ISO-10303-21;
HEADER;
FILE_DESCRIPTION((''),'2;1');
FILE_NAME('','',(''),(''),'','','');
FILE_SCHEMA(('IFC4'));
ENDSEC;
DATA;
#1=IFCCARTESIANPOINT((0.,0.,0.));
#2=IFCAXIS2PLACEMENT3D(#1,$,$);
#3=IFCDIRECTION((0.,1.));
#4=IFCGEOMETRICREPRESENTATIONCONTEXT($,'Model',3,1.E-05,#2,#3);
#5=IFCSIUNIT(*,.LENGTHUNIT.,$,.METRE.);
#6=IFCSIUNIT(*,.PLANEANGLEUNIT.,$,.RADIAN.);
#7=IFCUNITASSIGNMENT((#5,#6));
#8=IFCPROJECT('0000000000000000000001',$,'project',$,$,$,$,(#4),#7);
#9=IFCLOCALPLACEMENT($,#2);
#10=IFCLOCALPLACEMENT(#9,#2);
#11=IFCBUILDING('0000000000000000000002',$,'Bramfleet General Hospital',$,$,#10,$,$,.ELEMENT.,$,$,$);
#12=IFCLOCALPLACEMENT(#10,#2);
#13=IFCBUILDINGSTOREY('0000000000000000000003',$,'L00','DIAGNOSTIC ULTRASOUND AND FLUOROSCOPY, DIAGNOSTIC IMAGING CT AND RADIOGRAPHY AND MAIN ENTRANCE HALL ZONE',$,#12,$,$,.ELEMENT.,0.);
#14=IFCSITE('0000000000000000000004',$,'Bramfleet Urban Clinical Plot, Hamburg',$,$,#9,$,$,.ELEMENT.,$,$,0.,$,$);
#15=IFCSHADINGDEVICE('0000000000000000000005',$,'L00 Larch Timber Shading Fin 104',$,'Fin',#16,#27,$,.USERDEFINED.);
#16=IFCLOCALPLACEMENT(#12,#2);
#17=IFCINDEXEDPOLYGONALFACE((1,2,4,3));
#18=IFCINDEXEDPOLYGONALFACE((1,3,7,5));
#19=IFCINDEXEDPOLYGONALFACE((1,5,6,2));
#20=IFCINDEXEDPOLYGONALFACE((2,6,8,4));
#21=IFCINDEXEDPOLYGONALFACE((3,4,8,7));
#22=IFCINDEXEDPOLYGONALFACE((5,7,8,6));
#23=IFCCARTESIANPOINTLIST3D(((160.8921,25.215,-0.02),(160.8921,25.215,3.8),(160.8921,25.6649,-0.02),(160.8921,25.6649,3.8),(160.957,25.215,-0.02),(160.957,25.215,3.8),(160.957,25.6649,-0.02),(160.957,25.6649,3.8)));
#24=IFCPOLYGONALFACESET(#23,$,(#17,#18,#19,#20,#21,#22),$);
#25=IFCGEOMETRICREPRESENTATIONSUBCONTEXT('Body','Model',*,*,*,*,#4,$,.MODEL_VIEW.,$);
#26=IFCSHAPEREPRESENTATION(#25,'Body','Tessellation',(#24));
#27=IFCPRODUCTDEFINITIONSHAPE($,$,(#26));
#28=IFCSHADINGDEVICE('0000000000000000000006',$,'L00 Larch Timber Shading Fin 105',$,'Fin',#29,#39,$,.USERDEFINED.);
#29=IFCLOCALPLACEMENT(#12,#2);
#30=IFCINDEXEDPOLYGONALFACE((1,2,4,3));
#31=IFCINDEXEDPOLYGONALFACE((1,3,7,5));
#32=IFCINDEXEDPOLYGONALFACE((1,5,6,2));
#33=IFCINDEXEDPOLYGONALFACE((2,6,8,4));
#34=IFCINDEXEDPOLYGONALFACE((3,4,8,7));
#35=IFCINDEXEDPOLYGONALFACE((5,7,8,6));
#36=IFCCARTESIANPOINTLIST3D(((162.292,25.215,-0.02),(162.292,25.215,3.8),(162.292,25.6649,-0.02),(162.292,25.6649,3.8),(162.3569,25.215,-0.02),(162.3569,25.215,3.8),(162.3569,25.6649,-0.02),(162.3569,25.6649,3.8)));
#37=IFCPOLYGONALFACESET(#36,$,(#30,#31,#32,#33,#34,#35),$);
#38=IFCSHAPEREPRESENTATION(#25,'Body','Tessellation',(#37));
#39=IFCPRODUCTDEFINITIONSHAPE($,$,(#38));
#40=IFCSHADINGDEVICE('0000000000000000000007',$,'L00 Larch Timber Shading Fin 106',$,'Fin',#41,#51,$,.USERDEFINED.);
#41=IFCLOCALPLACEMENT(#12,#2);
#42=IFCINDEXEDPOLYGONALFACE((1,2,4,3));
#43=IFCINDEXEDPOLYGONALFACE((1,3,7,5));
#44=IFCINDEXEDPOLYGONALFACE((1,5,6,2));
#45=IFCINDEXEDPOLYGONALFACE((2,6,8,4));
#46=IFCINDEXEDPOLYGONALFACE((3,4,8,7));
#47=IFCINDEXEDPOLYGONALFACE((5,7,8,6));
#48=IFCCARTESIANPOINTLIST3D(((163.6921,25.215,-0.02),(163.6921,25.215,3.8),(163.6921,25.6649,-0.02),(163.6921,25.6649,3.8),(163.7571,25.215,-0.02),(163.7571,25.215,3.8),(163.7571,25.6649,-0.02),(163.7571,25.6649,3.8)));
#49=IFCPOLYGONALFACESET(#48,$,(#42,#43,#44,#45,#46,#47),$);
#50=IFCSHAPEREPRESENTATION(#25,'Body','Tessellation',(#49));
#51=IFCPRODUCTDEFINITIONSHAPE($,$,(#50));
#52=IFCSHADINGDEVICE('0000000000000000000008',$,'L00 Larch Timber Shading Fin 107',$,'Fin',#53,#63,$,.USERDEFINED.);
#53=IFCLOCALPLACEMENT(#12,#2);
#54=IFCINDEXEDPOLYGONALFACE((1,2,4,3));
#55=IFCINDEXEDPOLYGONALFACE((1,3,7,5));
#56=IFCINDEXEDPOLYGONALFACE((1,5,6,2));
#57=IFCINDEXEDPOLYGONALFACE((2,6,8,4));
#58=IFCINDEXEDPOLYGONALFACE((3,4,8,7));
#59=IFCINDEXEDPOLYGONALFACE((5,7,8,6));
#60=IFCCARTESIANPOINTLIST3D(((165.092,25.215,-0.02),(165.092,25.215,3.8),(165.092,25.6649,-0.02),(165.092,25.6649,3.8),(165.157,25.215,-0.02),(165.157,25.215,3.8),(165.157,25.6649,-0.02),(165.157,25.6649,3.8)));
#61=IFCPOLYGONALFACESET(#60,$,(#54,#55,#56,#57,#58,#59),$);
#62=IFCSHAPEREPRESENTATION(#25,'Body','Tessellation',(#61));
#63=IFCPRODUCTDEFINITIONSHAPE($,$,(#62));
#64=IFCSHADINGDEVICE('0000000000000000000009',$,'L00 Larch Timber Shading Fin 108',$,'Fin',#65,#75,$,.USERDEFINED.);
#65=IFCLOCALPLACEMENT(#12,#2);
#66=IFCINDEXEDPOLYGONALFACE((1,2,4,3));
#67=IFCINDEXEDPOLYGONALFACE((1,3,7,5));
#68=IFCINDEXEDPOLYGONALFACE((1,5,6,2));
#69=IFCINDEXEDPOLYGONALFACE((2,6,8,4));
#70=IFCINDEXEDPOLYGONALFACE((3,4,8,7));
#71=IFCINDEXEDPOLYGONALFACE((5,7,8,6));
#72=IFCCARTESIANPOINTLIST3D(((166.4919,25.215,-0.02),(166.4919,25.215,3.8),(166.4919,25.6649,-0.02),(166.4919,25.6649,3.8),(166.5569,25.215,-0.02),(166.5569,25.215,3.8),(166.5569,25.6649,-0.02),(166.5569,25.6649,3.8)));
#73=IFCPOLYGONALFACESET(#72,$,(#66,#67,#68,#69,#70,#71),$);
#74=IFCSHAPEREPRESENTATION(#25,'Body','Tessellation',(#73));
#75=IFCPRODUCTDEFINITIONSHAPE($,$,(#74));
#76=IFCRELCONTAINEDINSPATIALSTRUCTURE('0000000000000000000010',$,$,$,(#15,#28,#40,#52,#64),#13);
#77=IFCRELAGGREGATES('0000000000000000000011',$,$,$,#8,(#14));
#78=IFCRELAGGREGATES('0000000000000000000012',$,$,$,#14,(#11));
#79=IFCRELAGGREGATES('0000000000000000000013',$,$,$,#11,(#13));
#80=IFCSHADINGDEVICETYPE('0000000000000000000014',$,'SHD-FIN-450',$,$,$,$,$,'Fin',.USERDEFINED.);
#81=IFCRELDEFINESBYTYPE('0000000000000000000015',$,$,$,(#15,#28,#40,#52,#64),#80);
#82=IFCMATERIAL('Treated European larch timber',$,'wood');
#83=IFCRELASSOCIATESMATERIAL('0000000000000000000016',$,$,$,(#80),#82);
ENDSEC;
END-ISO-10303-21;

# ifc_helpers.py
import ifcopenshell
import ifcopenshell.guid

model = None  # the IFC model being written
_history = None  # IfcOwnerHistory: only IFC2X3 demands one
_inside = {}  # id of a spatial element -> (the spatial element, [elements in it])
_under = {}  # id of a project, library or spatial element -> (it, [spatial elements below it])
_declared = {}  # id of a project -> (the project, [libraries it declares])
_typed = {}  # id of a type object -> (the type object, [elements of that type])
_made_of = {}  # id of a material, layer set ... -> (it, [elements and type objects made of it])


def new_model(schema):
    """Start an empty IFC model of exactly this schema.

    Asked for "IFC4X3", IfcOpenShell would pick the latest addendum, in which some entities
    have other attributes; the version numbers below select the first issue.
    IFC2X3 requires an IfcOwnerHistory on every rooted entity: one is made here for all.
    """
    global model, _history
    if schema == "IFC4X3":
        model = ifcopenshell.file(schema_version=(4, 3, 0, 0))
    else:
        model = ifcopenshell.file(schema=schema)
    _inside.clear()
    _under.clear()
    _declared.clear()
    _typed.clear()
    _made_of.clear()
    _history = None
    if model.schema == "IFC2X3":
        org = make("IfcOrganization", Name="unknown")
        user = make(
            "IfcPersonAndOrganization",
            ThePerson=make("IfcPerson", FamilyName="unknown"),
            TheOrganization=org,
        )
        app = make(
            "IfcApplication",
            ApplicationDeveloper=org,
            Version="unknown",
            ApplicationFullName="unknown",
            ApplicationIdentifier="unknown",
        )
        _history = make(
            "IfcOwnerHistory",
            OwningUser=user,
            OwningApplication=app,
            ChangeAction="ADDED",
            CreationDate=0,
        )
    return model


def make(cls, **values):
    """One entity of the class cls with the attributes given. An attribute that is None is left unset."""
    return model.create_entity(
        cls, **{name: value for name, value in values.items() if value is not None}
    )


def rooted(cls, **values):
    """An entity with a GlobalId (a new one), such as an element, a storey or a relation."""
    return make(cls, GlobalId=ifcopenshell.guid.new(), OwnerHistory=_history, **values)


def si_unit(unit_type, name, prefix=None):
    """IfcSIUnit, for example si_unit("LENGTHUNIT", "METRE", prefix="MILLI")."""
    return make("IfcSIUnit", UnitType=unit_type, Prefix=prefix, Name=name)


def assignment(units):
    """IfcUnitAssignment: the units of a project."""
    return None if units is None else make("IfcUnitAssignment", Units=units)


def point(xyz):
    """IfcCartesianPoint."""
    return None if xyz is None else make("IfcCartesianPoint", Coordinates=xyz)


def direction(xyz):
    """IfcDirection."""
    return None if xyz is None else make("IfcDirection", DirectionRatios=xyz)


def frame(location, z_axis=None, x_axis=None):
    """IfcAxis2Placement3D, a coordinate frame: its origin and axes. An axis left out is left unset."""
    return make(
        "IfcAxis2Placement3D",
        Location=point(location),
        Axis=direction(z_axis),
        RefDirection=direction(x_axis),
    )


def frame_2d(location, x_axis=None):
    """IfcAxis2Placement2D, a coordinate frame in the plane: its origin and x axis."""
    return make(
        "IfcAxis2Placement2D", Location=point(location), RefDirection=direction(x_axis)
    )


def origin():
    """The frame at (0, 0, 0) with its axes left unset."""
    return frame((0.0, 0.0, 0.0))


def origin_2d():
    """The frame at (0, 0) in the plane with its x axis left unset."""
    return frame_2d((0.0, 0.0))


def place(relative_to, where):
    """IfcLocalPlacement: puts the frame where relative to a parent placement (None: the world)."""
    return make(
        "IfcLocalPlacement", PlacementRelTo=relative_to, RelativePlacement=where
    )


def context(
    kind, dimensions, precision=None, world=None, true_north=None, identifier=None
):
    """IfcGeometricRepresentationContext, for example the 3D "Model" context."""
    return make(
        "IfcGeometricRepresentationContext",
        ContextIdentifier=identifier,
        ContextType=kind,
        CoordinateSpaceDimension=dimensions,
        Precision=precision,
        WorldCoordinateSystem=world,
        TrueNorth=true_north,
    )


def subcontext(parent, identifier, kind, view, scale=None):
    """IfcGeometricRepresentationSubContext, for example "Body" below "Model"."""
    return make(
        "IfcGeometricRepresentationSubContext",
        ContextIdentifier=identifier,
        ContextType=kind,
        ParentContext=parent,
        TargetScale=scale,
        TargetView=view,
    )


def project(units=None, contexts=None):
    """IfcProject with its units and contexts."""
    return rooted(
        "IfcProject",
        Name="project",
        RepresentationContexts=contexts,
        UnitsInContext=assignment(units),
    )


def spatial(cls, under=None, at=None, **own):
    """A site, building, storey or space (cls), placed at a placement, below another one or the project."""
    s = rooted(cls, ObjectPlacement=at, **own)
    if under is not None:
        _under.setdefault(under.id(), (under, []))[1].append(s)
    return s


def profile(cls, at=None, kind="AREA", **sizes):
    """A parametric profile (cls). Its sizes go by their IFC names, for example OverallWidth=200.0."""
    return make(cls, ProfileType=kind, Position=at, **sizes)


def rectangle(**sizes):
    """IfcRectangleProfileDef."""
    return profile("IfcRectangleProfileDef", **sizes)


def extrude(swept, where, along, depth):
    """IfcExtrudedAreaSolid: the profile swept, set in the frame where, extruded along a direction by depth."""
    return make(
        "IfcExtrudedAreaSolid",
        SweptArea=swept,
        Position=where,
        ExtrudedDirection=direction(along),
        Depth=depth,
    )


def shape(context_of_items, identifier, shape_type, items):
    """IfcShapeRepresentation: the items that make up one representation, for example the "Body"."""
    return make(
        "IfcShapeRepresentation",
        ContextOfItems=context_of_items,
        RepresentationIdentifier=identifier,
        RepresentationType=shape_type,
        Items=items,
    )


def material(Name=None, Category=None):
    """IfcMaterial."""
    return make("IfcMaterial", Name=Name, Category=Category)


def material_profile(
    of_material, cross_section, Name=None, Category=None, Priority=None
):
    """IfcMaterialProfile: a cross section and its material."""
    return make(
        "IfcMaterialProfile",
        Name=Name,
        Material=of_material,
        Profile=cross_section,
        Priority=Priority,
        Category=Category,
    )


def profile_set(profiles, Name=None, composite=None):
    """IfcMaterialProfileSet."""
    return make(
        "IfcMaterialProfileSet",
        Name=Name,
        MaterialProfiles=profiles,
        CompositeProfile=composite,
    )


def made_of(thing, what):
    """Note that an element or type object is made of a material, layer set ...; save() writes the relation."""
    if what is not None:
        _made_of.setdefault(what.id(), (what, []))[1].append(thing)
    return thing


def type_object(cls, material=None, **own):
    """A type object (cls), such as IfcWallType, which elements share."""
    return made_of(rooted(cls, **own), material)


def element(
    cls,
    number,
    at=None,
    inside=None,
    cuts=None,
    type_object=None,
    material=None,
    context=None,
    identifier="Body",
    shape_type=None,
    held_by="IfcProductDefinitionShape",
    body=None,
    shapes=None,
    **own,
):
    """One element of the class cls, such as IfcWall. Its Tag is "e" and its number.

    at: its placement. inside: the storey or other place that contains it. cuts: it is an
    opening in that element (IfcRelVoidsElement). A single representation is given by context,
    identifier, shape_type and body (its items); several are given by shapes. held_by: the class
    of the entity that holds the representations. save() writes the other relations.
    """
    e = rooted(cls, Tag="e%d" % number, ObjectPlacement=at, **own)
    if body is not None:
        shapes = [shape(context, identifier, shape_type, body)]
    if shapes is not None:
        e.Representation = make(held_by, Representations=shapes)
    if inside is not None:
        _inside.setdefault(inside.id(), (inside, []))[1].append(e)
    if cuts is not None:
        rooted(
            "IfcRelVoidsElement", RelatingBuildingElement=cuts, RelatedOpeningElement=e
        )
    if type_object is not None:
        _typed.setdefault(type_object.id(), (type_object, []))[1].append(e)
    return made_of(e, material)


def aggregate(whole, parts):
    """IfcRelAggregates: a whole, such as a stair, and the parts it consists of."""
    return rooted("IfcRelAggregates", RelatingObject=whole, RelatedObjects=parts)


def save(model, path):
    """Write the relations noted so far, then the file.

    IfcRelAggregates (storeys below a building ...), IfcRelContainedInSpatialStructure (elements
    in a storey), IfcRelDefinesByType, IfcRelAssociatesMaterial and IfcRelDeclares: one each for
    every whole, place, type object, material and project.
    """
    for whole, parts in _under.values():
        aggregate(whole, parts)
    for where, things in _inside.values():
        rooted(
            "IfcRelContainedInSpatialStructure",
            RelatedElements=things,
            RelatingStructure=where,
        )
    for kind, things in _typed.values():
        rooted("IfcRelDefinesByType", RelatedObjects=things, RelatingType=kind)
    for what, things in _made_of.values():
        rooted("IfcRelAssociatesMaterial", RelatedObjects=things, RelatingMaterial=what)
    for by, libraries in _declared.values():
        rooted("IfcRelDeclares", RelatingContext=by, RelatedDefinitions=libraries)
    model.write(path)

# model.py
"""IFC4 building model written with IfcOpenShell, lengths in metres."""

from ifc_helpers import new_model, si_unit, direction, frame, origin, origin_2d, place, context, subcontext, project, spatial, rectangle, extrude, material, material_profile, profile_set, type_object, element, save


model = new_model("IFC4")

# Units and contexts
model_context = context("Model", 3, precision=1e-05, world=origin(), true_north=direction((0.0, 1.0)))
body_context = subcontext(model_context, "Body", "Model", "MODEL_VIEW")
ifc_project = project(units=[si_unit("LENGTHUNIT", "METRE"), si_unit("PLANEANGLEUNIT", "RADIAN")], contexts=[model_context])

# Site, building, storey
site_placement = place(None, origin())
site = spatial("IfcSite", under=ifc_project, at=site_placement, Name="Bramfleet Urban Clinical Plot, Hamburg", CompositionType="ELEMENT", RefElevation=0.0)
building_placement = place(site_placement, origin())
building = spatial("IfcBuilding", under=site, at=building_placement, Name="Bramfleet General Hospital", CompositionType="ELEMENT")
storey_placement = place(building_placement, origin())
storey = spatial("IfcBuildingStorey", under=building, at=storey_placement, Name="L00", Description="DIAGNOSTIC ULTRASOUND AND FLUOROSCOPY, DIAGNOSTIC IMAGING CT AND RADIOGRAPHY AND MAIN ENTRANCE HALL ZONE", CompositionType="ELEMENT", Elevation=0.0)

# Shading devices
ifc_material_1 = material(Name="Treated European larch timber", Category="wood")
ifc_material_profile_1 = material_profile(ifc_material_1, rectangle(XDim=0.0649, YDim=0.45, at=origin_2d()), Name="LARCH FIN 450x65")
ifc_profile_set_1 = profile_set([ifc_material_profile_1], Name="Treated European larch timber")
shading_device_type = type_object("IfcShadingDeviceType", Name="SHD-FIN-450", ElementType="Fin", PredefinedType="USERDEFINED", material=ifc_profile_set_1)
for number, where, z_axis, x_axis, name in (
    (1, (160.9246, 25.4399, -0.02), (0.0, 0.0, 1.0), (1.0, 0.0, 0.0), "L00 Larch Timber Shading Fin 104"),
    (2, (162.3245, 25.4399, -0.02), (0.0, 0.0, 1.0), (1.0, 0.0, 0.0), "L00 Larch Timber Shading Fin 105"),
    (3, (163.7246, 25.4399, -0.02), (0.0, 0.0, 1.0), (1.0, 0.0, 0.0), "L00 Larch Timber Shading Fin 106"),
    (4, (165.1245, 25.4399, -0.02), (0.0, 0.0, 1.0), (1.0, 0.0, 0.0), "L00 Larch Timber Shading Fin 107"),
    (5, (166.5244, 25.4399, -0.02), (0.0, 0.0, 1.0), (1.0, 0.0, 0.0), "L00 Larch Timber Shading Fin 108"),
):
    element("IfcShadingDevice", number, at=place(storey_placement, frame(where, z_axis=z_axis, x_axis=x_axis)), inside=storey, type_object=shading_device_type, Name=name, ObjectType="Fin", PredefinedType="USERDEFINED", context=body_context, shape_type="SweptSolid", body=[
        extrude(rectangle(XDim=0.0649, YDim=0.45, at=origin_2d()), origin(), (0.0, 0.0, 1.0), 3.8201),
    ])

save(model, "model.ifc")
